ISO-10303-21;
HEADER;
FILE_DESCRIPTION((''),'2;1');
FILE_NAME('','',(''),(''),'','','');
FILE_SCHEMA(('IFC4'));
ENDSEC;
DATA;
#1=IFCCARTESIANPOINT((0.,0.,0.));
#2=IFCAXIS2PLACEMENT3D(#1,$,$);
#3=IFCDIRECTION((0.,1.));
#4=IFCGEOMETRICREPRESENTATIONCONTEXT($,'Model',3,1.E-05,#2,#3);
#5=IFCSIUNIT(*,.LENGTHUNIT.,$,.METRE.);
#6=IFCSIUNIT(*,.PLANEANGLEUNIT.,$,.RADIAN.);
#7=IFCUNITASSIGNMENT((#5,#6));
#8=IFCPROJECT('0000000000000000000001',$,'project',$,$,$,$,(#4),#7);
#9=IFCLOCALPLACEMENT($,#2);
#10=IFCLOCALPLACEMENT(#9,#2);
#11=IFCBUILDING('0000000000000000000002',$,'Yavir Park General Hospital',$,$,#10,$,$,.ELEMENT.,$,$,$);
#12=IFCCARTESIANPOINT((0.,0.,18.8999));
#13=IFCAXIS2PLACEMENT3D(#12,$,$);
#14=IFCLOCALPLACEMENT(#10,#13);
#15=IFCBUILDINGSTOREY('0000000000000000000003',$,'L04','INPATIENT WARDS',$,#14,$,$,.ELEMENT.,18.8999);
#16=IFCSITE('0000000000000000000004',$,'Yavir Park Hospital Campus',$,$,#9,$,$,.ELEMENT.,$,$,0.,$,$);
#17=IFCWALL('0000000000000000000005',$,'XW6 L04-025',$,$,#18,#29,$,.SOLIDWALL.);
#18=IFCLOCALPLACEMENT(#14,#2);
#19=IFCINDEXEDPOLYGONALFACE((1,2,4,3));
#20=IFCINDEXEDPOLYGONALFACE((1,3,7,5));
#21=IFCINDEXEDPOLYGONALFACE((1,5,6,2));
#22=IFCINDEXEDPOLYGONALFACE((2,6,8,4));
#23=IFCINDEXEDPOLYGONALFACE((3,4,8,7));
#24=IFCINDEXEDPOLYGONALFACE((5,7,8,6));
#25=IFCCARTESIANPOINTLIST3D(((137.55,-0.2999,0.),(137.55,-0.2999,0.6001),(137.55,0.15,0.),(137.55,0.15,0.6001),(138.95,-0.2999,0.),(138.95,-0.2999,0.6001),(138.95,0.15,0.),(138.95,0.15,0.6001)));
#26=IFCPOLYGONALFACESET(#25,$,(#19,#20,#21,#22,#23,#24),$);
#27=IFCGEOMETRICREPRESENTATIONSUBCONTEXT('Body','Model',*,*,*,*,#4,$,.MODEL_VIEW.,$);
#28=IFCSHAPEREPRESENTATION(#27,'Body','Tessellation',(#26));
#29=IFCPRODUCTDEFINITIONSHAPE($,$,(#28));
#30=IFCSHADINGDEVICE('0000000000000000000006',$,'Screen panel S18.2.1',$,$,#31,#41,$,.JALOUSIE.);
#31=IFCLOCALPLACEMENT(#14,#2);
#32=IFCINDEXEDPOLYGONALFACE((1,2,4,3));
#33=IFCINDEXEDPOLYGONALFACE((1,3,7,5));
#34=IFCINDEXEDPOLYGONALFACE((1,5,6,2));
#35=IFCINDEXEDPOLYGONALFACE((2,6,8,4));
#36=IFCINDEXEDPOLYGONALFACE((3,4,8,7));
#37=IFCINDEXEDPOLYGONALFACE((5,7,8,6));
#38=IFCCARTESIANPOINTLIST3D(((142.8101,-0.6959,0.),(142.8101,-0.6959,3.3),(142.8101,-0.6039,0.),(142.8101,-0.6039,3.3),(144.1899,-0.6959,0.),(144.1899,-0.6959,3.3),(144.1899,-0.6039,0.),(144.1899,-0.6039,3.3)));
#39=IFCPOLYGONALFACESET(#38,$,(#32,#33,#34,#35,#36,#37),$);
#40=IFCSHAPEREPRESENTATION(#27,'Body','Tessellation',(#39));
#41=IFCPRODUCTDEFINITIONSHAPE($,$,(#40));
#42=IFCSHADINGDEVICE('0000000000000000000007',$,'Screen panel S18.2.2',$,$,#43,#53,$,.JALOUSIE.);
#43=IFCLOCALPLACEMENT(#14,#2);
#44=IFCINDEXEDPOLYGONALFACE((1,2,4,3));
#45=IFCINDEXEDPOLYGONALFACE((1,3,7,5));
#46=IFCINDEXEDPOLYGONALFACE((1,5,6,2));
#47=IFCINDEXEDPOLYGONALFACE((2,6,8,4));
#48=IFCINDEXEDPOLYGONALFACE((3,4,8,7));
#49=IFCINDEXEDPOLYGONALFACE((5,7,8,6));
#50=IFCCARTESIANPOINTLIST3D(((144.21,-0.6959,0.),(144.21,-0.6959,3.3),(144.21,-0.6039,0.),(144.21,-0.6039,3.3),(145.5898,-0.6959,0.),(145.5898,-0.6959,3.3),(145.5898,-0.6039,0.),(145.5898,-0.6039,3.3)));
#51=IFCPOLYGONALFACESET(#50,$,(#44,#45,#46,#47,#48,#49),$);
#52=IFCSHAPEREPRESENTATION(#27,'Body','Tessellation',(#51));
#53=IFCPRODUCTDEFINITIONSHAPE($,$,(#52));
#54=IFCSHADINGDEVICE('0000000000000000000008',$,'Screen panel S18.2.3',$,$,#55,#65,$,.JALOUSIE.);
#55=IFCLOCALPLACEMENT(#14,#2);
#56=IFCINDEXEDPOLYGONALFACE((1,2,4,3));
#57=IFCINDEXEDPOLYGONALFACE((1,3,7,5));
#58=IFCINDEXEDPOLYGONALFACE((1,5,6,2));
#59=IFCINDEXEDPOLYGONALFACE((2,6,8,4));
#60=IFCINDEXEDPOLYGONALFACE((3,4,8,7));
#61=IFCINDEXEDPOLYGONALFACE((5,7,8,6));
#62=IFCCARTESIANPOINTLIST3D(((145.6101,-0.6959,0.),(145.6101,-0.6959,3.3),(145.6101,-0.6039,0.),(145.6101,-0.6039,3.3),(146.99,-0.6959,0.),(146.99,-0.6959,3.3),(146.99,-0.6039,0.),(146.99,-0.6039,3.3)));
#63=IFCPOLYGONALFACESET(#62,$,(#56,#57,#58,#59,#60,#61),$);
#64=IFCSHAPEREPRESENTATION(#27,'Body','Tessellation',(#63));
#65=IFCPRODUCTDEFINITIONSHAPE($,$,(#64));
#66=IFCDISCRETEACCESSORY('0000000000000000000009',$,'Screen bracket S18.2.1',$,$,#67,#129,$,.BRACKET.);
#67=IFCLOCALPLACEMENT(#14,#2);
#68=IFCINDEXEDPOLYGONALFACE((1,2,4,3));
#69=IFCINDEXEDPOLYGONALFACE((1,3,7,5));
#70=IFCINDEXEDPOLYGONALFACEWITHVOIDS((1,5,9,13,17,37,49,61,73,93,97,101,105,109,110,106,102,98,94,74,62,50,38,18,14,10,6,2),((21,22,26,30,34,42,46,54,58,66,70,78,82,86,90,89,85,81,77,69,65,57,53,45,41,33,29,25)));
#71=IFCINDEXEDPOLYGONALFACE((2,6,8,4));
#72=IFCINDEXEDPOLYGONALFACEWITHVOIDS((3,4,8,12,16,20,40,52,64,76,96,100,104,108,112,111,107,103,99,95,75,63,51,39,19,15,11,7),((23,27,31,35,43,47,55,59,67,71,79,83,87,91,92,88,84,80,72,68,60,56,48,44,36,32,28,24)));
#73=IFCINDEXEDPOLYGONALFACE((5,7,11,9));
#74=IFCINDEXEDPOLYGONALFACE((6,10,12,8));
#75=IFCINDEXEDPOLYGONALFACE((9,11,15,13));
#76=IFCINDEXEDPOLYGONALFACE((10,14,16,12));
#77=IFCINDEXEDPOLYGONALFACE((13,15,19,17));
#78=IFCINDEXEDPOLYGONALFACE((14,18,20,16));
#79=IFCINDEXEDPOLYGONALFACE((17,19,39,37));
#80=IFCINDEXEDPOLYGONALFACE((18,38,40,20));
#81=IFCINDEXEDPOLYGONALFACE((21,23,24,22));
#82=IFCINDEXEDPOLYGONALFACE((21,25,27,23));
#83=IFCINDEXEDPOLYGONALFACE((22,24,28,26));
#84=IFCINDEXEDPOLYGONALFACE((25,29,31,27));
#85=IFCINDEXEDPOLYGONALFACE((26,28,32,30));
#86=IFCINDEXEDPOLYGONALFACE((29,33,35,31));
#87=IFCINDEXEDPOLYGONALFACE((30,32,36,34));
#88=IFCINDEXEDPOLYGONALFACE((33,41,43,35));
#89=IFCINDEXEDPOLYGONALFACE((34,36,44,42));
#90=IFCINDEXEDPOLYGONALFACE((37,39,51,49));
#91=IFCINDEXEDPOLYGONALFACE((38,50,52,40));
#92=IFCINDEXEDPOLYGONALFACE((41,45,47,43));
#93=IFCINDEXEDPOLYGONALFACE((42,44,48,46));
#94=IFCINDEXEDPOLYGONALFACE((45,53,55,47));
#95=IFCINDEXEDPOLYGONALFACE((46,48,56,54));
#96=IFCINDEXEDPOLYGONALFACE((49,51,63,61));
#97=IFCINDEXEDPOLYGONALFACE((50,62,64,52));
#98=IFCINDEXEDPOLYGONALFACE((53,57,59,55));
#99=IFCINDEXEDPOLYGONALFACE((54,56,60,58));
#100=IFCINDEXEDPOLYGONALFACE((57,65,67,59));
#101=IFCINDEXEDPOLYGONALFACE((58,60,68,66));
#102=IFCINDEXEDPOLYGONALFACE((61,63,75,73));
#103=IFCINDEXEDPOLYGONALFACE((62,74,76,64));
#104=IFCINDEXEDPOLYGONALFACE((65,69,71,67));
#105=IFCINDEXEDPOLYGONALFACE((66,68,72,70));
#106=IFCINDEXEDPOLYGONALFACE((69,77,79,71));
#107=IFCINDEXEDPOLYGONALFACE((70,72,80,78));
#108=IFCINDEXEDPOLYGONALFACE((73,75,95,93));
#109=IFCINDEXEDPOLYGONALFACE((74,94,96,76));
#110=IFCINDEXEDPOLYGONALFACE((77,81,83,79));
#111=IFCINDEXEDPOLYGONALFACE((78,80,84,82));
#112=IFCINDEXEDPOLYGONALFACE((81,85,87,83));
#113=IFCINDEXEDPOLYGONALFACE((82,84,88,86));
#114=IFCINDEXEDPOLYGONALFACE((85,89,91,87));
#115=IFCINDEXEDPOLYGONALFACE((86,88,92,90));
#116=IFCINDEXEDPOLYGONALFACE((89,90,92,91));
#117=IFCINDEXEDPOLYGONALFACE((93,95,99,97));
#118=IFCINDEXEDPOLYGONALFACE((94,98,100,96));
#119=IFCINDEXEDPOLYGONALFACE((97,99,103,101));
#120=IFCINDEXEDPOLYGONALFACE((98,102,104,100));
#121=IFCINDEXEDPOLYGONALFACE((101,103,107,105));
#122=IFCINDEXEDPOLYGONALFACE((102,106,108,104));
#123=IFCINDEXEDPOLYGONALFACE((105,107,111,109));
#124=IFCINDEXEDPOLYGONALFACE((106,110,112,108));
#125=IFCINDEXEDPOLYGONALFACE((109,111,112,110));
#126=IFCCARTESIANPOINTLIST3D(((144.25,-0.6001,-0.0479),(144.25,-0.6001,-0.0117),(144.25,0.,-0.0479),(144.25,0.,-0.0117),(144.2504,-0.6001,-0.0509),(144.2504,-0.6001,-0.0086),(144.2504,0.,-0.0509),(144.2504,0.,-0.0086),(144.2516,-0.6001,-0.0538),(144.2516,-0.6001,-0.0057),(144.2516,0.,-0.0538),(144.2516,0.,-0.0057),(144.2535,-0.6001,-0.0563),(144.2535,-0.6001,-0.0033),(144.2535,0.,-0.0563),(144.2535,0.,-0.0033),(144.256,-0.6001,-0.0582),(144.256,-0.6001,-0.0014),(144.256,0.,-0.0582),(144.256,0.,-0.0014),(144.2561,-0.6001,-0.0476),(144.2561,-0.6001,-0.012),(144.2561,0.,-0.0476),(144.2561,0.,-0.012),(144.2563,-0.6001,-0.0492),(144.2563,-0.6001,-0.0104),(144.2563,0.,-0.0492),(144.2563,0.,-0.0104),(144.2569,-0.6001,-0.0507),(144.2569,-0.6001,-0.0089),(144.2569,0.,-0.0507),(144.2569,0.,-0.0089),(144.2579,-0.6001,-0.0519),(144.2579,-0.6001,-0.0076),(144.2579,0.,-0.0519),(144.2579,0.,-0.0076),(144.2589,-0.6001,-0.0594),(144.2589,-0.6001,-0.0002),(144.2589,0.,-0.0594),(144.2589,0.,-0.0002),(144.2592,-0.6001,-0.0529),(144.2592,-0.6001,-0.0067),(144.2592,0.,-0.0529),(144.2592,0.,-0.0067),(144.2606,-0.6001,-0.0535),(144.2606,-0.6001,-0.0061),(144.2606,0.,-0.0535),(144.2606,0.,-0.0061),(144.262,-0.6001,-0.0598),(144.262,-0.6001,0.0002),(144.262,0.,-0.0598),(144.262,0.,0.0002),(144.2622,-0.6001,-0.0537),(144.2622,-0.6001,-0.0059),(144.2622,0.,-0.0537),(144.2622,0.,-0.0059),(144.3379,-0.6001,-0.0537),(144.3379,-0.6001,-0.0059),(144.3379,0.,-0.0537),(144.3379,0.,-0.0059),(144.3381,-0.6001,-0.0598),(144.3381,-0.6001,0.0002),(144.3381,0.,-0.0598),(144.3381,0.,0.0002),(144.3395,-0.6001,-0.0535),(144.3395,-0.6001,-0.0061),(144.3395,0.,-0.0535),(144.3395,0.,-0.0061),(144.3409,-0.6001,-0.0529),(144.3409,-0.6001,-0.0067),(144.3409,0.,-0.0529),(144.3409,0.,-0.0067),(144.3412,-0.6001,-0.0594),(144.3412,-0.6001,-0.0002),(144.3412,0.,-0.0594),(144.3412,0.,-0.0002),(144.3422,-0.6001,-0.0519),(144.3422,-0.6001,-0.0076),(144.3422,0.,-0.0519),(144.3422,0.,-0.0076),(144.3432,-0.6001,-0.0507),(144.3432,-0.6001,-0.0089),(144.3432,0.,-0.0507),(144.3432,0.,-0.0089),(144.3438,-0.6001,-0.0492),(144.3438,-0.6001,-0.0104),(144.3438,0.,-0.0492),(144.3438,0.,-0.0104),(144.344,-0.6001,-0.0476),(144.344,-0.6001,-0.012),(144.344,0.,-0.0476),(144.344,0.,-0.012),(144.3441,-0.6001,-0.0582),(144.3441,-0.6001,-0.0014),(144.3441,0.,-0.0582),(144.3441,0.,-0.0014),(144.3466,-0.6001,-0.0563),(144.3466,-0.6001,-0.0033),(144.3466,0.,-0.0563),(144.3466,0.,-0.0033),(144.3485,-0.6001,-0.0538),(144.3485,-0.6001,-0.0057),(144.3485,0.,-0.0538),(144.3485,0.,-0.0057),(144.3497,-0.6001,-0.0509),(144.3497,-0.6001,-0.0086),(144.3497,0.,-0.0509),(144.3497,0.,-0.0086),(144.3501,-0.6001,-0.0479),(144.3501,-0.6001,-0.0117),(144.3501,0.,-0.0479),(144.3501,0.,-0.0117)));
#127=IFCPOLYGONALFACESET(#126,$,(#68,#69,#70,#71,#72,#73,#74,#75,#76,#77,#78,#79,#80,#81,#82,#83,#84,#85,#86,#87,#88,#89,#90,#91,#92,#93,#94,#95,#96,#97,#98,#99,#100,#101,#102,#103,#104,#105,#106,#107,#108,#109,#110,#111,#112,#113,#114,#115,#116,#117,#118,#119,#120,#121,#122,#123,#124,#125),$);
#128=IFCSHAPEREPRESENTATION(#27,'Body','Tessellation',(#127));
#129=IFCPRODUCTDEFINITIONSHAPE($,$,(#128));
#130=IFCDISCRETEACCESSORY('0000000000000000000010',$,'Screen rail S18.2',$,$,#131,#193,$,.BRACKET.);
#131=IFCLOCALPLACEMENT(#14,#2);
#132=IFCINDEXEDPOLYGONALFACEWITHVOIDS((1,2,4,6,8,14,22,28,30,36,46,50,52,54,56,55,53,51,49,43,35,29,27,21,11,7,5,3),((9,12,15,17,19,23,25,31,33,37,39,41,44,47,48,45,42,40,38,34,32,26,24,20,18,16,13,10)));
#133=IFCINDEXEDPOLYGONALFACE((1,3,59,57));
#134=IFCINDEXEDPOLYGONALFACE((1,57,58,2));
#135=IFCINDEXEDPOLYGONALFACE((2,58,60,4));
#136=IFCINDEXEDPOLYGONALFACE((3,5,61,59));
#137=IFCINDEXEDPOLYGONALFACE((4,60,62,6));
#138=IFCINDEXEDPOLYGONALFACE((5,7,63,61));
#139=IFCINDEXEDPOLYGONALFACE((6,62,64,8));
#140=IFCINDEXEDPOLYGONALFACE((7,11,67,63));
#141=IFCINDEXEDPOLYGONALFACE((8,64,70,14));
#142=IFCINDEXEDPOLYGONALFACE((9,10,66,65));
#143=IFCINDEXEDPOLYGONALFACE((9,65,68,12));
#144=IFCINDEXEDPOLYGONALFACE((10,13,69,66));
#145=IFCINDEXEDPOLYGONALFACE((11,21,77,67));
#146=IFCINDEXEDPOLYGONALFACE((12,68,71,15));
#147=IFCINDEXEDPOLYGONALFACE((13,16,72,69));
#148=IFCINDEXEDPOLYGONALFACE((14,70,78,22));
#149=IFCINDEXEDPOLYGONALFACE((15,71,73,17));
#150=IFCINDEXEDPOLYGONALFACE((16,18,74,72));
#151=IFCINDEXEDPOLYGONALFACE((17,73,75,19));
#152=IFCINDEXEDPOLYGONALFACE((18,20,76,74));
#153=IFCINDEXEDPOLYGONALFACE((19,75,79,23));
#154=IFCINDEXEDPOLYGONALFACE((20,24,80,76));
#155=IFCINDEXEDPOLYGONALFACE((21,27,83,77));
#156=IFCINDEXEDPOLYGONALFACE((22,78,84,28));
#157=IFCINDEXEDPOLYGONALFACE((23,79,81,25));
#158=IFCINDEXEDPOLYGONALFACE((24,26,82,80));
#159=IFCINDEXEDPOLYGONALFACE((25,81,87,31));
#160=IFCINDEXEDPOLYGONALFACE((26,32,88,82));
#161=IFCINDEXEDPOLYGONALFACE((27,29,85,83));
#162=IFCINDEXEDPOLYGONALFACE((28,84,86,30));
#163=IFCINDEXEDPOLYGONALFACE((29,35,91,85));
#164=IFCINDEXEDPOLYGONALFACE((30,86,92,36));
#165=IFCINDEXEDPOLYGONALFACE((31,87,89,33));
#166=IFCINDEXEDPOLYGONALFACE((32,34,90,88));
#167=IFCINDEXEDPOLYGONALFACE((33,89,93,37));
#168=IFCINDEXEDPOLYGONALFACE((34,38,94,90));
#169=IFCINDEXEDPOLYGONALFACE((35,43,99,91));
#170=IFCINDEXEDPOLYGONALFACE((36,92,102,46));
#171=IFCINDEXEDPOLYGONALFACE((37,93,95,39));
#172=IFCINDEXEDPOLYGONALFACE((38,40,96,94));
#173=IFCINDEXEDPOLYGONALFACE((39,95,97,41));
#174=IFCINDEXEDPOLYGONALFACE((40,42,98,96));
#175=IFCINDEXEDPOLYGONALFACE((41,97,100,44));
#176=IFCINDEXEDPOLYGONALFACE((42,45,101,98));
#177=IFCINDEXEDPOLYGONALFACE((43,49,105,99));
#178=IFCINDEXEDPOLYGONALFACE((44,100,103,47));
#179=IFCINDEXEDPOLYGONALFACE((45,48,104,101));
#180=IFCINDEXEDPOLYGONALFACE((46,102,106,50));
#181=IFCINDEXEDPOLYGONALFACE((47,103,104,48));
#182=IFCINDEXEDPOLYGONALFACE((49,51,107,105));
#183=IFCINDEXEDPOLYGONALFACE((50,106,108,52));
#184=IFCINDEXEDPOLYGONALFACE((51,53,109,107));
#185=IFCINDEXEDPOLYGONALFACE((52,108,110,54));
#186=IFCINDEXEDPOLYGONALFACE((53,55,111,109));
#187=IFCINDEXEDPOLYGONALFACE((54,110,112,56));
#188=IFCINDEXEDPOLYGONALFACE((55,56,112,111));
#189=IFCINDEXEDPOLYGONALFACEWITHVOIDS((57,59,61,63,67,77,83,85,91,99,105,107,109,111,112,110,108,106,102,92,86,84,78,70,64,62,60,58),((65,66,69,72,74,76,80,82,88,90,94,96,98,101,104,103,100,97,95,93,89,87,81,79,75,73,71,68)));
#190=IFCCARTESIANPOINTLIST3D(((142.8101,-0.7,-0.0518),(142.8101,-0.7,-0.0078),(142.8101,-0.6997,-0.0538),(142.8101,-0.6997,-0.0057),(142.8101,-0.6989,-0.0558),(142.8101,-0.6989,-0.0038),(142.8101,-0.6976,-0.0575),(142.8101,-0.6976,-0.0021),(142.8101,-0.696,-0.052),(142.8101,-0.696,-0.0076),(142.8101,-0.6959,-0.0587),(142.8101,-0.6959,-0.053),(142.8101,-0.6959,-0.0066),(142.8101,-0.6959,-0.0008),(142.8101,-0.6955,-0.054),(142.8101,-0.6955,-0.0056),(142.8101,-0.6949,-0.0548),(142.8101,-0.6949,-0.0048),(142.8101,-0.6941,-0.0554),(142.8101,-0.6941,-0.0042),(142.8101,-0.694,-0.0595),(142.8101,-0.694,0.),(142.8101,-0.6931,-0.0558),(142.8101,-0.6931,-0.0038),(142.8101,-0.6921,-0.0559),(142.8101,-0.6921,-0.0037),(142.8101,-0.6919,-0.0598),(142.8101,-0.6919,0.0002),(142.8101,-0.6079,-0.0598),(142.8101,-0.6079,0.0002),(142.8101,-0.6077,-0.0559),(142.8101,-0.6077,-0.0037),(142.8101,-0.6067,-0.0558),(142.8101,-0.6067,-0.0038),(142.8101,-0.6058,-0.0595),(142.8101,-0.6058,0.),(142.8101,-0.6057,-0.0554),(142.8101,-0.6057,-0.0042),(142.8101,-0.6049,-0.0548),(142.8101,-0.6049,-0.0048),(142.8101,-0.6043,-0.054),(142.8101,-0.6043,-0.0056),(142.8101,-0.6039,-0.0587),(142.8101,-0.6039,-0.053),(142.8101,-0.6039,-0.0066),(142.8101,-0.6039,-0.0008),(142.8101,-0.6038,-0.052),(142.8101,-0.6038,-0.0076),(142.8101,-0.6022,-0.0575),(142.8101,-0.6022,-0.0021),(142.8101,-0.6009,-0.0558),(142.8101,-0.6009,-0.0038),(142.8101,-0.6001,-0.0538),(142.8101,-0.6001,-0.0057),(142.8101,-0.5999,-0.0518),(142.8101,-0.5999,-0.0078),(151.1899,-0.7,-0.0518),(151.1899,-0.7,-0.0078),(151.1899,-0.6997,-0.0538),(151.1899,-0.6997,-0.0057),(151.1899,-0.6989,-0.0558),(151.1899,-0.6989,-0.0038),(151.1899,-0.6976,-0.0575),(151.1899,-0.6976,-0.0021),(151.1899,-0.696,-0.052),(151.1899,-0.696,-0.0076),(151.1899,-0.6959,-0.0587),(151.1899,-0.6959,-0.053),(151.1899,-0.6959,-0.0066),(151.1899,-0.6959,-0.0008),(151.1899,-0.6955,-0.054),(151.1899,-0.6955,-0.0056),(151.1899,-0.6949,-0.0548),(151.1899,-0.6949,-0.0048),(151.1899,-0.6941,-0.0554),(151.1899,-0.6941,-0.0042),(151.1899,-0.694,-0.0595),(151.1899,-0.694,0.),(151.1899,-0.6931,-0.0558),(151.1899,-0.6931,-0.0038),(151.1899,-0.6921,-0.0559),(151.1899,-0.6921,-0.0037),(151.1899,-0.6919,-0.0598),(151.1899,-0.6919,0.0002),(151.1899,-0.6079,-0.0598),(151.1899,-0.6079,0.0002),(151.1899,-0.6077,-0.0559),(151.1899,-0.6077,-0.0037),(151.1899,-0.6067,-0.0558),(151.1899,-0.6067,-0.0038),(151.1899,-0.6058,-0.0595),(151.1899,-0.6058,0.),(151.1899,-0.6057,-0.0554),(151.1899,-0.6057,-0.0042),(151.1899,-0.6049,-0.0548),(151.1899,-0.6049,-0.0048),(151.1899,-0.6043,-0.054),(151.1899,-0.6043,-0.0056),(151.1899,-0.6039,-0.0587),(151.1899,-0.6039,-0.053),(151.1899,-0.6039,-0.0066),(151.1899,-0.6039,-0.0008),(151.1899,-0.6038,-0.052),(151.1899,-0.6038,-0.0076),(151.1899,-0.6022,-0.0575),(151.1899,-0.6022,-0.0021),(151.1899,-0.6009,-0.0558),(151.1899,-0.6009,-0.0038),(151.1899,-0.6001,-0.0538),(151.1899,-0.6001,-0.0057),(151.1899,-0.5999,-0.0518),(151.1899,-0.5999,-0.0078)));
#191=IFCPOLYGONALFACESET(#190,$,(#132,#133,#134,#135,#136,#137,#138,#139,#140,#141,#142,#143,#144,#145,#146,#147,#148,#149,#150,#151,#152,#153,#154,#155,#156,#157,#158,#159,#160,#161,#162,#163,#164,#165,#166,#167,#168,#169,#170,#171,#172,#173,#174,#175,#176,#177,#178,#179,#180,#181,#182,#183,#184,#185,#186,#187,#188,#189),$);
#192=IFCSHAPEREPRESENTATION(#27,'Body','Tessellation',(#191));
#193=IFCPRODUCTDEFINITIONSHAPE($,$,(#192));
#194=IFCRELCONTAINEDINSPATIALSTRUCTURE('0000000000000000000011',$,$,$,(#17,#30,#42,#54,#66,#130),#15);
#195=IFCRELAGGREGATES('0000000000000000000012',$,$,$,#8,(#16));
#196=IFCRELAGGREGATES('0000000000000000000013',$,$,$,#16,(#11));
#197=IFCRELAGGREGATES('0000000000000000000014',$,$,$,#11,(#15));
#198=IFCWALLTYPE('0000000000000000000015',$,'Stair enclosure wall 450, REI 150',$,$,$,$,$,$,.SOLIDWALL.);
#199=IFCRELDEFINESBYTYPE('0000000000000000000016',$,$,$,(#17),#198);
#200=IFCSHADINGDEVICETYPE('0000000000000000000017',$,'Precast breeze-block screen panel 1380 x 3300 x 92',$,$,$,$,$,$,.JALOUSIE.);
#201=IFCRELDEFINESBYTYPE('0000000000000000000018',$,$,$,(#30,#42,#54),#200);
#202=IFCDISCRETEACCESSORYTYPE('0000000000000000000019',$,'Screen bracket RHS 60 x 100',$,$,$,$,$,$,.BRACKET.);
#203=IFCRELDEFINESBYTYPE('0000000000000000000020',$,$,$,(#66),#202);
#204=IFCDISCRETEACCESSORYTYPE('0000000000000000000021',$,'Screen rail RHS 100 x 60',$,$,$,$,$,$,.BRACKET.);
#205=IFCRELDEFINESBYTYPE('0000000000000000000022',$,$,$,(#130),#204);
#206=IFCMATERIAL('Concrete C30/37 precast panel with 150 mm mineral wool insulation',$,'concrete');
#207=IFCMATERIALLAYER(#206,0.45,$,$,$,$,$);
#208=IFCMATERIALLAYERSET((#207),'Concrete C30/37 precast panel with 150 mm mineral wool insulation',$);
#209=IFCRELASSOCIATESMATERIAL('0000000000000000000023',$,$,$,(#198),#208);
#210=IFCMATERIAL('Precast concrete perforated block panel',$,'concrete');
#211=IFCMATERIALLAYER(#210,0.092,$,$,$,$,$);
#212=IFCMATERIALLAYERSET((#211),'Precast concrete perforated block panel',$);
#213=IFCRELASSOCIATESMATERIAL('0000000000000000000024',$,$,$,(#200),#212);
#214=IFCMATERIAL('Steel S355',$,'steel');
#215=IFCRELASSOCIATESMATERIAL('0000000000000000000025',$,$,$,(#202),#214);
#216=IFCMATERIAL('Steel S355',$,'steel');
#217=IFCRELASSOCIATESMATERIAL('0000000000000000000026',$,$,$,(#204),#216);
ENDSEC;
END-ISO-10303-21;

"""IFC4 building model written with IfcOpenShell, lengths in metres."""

from ifc_helpers import new_model, si_unit, direction, frame, frame_2d, origin, origin_2d, place, context, subcontext, project, spatial, rectangle, hollow_rectangle, extrude, material, layer, layer_set, material_profile, profile_set, type_object, element, save


model = new_model("IFC4")

# Units and contexts
model_context = context("Model", 3, precision=1e-05, world=origin(), true_north=direction((0.0, 1.0)))
body_context = subcontext(model_context, "Body", "Model", "MODEL_VIEW")
ifc_project = project(units=[si_unit("LENGTHUNIT", "METRE"), si_unit("PLANEANGLEUNIT", "RADIAN")], contexts=[model_context])

# Site, building, storey
site_placement = place(None, origin())
site = spatial("IfcSite", under=ifc_project, at=site_placement, Name="Yavir Park Hospital Campus", CompositionType="ELEMENT", RefElevation=0.0)
building_placement = place(site_placement, origin())
building = spatial("IfcBuilding", under=site, at=building_placement, Name="Yavir Park General Hospital", CompositionType="ELEMENT")
storey_placement = place(building_placement, frame((0.0, 0.0, 18.8999)))
storey = spatial("IfcBuildingStorey", under=building, at=storey_placement, Name="L04", Description="INPATIENT WARDS", CompositionType="ELEMENT", Elevation=18.8999)

# Wall
ifc_material_1 = material(Name="Concrete C30/37 precast panel with 150 mm mineral wool insulation", Category="concrete")
ifc_layer_1 = layer(ifc_material_1, 0.45)
ifc_layer_set_1 = layer_set([ifc_layer_1], Name="Concrete C30/37 precast panel with 150 mm mineral wool insulation")
wall_type_1 = type_object("IfcWallType", Name="Stair enclosure wall 450, REI 150", PredefinedType="SOLIDWALL", material=ifc_layer_set_1)
wall_1_placement = place(storey_placement, frame((137.55, -0.075, 0.0), z_axis=(0.0, 0.0, 1.0), x_axis=(1.0, 0.0, 0.0)))
element("IfcWall", 1, at=wall_1_placement, inside=storey, type_object=wall_type_1, Name="XW6 L04-025", PredefinedType="SOLIDWALL", context=body_context, shape_type="SweptSolid", body=[
    extrude(rectangle(XDim=1.3999, YDim=0.45, at=frame_2d((0.7, 0.0))), origin(), (0.0, 0.0, 1.0), 0.6001),
])

# Shading devices
ifc_material_2 = material(Name="Precast concrete perforated block panel", Category="concrete")
ifc_layer_2 = layer(ifc_material_2, 0.092)
ifc_layer_set_2 = layer_set([ifc_layer_2], Name="Precast concrete perforated block panel")
shading_device_type = type_object("IfcShadingDeviceType", Name="Precast breeze-block screen panel 1380 x 3300 x 92", PredefinedType="JALOUSIE", material=ifc_layer_set_2)
for number, where, z_axis, x_axis, name in (
    (2, (143.5, -0.6499, 0.0), (0.0, 0.0, 1.0), (1.0, 0.0, 0.0), "Screen panel S18.2.1"),
    (3, (144.8999, -0.6499, 0.0), (0.0, 0.0, 1.0), (1.0, 0.0, 0.0), "Screen panel S18.2.2"),
    (4, (146.3, -0.6499, 0.0), (0.0, 0.0, 1.0), (1.0, 0.0, 0.0), "Screen panel S18.2.3"),
):
    element("IfcShadingDevice", number, at=place(storey_placement, frame(where, z_axis=z_axis, x_axis=x_axis)), inside=storey, type_object=shading_device_type, Name=name, PredefinedType="JALOUSIE", context=body_context, shape_type="SweptSolid", body=[
        extrude(rectangle(XDim=1.3799, YDim=0.092, at=origin_2d()), origin(), (0.0, 0.0, 1.0), 3.3),
    ])

# Discrete accessories
ifc_material_3 = material(Name="Steel S355", Category="steel")
ifc_material_profile_1 = material_profile(ifc_material_3, hollow_rectangle(XDim=0.1001, YDim=0.0601, WallThickness=0.0061, InnerFilletRadius=0.0061, OuterFilletRadius=0.012, at=origin_2d()), Name="RHS60x100x6")
ifc_profile_set_1 = profile_set([ifc_material_profile_1], Name="Steel S355")
discrete_accessory_type_1 = type_object("IfcDiscreteAccessoryType", Name="Screen bracket RHS 60 x 100", PredefinedType="BRACKET", material=ifc_profile_set_1)
discrete_accessory_1_placement = place(storey_placement, frame((144.3, 0.0, -0.0298), z_axis=(0.0, -1.0, 0.0), x_axis=(1.0, 0.0, 0.0)))
element("IfcDiscreteAccessory", 5, at=discrete_accessory_1_placement, inside=storey, type_object=discrete_accessory_type_1, Name="Screen bracket S18.2.1", PredefinedType="BRACKET", context=body_context, shape_type="SweptSolid", body=[
    extrude(hollow_rectangle(XDim=0.1001, YDim=0.0601, WallThickness=0.0061, InnerFilletRadius=0.0061, OuterFilletRadius=0.012, at=origin_2d()), origin(), (0.0, 0.0, 1.0), 0.6001),
])
ifc_material_4 = material(Name="Steel S355", Category="steel")
ifc_material_profile_2 = material_profile(ifc_material_4, hollow_rectangle(XDim=0.1001, YDim=0.0601, WallThickness=0.0039, InnerFilletRadius=0.0039, OuterFilletRadius=0.0081, at=origin_2d()), Name="RHS60x100x4")
ifc_profile_set_2 = profile_set([ifc_material_profile_2], Name="Steel S355")
discrete_accessory_type_2 = type_object("IfcDiscreteAccessoryType", Name="Screen rail RHS 100 x 60", PredefinedType="BRACKET", material=ifc_profile_set_2)
discrete_accessory_2_placement = place(storey_placement, frame((142.8101, -0.6499, -0.0298), z_axis=(1.0, 0.0, 0.0), x_axis=(0.0, 1.0, 0.0)))
element("IfcDiscreteAccessory", 6, at=discrete_accessory_2_placement, inside=storey, type_object=discrete_accessory_type_2, Name="Screen rail S18.2", PredefinedType="BRACKET", context=body_context, shape_type="SweptSolid", body=[
    extrude(hollow_rectangle(XDim=0.1001, YDim=0.0601, WallThickness=0.0039, InnerFilletRadius=0.0039, OuterFilletRadius=0.0081, at=origin_2d()), origin(), (0.0, 0.0, 1.0), 8.3799),
])

save(model, "model.ifc")
